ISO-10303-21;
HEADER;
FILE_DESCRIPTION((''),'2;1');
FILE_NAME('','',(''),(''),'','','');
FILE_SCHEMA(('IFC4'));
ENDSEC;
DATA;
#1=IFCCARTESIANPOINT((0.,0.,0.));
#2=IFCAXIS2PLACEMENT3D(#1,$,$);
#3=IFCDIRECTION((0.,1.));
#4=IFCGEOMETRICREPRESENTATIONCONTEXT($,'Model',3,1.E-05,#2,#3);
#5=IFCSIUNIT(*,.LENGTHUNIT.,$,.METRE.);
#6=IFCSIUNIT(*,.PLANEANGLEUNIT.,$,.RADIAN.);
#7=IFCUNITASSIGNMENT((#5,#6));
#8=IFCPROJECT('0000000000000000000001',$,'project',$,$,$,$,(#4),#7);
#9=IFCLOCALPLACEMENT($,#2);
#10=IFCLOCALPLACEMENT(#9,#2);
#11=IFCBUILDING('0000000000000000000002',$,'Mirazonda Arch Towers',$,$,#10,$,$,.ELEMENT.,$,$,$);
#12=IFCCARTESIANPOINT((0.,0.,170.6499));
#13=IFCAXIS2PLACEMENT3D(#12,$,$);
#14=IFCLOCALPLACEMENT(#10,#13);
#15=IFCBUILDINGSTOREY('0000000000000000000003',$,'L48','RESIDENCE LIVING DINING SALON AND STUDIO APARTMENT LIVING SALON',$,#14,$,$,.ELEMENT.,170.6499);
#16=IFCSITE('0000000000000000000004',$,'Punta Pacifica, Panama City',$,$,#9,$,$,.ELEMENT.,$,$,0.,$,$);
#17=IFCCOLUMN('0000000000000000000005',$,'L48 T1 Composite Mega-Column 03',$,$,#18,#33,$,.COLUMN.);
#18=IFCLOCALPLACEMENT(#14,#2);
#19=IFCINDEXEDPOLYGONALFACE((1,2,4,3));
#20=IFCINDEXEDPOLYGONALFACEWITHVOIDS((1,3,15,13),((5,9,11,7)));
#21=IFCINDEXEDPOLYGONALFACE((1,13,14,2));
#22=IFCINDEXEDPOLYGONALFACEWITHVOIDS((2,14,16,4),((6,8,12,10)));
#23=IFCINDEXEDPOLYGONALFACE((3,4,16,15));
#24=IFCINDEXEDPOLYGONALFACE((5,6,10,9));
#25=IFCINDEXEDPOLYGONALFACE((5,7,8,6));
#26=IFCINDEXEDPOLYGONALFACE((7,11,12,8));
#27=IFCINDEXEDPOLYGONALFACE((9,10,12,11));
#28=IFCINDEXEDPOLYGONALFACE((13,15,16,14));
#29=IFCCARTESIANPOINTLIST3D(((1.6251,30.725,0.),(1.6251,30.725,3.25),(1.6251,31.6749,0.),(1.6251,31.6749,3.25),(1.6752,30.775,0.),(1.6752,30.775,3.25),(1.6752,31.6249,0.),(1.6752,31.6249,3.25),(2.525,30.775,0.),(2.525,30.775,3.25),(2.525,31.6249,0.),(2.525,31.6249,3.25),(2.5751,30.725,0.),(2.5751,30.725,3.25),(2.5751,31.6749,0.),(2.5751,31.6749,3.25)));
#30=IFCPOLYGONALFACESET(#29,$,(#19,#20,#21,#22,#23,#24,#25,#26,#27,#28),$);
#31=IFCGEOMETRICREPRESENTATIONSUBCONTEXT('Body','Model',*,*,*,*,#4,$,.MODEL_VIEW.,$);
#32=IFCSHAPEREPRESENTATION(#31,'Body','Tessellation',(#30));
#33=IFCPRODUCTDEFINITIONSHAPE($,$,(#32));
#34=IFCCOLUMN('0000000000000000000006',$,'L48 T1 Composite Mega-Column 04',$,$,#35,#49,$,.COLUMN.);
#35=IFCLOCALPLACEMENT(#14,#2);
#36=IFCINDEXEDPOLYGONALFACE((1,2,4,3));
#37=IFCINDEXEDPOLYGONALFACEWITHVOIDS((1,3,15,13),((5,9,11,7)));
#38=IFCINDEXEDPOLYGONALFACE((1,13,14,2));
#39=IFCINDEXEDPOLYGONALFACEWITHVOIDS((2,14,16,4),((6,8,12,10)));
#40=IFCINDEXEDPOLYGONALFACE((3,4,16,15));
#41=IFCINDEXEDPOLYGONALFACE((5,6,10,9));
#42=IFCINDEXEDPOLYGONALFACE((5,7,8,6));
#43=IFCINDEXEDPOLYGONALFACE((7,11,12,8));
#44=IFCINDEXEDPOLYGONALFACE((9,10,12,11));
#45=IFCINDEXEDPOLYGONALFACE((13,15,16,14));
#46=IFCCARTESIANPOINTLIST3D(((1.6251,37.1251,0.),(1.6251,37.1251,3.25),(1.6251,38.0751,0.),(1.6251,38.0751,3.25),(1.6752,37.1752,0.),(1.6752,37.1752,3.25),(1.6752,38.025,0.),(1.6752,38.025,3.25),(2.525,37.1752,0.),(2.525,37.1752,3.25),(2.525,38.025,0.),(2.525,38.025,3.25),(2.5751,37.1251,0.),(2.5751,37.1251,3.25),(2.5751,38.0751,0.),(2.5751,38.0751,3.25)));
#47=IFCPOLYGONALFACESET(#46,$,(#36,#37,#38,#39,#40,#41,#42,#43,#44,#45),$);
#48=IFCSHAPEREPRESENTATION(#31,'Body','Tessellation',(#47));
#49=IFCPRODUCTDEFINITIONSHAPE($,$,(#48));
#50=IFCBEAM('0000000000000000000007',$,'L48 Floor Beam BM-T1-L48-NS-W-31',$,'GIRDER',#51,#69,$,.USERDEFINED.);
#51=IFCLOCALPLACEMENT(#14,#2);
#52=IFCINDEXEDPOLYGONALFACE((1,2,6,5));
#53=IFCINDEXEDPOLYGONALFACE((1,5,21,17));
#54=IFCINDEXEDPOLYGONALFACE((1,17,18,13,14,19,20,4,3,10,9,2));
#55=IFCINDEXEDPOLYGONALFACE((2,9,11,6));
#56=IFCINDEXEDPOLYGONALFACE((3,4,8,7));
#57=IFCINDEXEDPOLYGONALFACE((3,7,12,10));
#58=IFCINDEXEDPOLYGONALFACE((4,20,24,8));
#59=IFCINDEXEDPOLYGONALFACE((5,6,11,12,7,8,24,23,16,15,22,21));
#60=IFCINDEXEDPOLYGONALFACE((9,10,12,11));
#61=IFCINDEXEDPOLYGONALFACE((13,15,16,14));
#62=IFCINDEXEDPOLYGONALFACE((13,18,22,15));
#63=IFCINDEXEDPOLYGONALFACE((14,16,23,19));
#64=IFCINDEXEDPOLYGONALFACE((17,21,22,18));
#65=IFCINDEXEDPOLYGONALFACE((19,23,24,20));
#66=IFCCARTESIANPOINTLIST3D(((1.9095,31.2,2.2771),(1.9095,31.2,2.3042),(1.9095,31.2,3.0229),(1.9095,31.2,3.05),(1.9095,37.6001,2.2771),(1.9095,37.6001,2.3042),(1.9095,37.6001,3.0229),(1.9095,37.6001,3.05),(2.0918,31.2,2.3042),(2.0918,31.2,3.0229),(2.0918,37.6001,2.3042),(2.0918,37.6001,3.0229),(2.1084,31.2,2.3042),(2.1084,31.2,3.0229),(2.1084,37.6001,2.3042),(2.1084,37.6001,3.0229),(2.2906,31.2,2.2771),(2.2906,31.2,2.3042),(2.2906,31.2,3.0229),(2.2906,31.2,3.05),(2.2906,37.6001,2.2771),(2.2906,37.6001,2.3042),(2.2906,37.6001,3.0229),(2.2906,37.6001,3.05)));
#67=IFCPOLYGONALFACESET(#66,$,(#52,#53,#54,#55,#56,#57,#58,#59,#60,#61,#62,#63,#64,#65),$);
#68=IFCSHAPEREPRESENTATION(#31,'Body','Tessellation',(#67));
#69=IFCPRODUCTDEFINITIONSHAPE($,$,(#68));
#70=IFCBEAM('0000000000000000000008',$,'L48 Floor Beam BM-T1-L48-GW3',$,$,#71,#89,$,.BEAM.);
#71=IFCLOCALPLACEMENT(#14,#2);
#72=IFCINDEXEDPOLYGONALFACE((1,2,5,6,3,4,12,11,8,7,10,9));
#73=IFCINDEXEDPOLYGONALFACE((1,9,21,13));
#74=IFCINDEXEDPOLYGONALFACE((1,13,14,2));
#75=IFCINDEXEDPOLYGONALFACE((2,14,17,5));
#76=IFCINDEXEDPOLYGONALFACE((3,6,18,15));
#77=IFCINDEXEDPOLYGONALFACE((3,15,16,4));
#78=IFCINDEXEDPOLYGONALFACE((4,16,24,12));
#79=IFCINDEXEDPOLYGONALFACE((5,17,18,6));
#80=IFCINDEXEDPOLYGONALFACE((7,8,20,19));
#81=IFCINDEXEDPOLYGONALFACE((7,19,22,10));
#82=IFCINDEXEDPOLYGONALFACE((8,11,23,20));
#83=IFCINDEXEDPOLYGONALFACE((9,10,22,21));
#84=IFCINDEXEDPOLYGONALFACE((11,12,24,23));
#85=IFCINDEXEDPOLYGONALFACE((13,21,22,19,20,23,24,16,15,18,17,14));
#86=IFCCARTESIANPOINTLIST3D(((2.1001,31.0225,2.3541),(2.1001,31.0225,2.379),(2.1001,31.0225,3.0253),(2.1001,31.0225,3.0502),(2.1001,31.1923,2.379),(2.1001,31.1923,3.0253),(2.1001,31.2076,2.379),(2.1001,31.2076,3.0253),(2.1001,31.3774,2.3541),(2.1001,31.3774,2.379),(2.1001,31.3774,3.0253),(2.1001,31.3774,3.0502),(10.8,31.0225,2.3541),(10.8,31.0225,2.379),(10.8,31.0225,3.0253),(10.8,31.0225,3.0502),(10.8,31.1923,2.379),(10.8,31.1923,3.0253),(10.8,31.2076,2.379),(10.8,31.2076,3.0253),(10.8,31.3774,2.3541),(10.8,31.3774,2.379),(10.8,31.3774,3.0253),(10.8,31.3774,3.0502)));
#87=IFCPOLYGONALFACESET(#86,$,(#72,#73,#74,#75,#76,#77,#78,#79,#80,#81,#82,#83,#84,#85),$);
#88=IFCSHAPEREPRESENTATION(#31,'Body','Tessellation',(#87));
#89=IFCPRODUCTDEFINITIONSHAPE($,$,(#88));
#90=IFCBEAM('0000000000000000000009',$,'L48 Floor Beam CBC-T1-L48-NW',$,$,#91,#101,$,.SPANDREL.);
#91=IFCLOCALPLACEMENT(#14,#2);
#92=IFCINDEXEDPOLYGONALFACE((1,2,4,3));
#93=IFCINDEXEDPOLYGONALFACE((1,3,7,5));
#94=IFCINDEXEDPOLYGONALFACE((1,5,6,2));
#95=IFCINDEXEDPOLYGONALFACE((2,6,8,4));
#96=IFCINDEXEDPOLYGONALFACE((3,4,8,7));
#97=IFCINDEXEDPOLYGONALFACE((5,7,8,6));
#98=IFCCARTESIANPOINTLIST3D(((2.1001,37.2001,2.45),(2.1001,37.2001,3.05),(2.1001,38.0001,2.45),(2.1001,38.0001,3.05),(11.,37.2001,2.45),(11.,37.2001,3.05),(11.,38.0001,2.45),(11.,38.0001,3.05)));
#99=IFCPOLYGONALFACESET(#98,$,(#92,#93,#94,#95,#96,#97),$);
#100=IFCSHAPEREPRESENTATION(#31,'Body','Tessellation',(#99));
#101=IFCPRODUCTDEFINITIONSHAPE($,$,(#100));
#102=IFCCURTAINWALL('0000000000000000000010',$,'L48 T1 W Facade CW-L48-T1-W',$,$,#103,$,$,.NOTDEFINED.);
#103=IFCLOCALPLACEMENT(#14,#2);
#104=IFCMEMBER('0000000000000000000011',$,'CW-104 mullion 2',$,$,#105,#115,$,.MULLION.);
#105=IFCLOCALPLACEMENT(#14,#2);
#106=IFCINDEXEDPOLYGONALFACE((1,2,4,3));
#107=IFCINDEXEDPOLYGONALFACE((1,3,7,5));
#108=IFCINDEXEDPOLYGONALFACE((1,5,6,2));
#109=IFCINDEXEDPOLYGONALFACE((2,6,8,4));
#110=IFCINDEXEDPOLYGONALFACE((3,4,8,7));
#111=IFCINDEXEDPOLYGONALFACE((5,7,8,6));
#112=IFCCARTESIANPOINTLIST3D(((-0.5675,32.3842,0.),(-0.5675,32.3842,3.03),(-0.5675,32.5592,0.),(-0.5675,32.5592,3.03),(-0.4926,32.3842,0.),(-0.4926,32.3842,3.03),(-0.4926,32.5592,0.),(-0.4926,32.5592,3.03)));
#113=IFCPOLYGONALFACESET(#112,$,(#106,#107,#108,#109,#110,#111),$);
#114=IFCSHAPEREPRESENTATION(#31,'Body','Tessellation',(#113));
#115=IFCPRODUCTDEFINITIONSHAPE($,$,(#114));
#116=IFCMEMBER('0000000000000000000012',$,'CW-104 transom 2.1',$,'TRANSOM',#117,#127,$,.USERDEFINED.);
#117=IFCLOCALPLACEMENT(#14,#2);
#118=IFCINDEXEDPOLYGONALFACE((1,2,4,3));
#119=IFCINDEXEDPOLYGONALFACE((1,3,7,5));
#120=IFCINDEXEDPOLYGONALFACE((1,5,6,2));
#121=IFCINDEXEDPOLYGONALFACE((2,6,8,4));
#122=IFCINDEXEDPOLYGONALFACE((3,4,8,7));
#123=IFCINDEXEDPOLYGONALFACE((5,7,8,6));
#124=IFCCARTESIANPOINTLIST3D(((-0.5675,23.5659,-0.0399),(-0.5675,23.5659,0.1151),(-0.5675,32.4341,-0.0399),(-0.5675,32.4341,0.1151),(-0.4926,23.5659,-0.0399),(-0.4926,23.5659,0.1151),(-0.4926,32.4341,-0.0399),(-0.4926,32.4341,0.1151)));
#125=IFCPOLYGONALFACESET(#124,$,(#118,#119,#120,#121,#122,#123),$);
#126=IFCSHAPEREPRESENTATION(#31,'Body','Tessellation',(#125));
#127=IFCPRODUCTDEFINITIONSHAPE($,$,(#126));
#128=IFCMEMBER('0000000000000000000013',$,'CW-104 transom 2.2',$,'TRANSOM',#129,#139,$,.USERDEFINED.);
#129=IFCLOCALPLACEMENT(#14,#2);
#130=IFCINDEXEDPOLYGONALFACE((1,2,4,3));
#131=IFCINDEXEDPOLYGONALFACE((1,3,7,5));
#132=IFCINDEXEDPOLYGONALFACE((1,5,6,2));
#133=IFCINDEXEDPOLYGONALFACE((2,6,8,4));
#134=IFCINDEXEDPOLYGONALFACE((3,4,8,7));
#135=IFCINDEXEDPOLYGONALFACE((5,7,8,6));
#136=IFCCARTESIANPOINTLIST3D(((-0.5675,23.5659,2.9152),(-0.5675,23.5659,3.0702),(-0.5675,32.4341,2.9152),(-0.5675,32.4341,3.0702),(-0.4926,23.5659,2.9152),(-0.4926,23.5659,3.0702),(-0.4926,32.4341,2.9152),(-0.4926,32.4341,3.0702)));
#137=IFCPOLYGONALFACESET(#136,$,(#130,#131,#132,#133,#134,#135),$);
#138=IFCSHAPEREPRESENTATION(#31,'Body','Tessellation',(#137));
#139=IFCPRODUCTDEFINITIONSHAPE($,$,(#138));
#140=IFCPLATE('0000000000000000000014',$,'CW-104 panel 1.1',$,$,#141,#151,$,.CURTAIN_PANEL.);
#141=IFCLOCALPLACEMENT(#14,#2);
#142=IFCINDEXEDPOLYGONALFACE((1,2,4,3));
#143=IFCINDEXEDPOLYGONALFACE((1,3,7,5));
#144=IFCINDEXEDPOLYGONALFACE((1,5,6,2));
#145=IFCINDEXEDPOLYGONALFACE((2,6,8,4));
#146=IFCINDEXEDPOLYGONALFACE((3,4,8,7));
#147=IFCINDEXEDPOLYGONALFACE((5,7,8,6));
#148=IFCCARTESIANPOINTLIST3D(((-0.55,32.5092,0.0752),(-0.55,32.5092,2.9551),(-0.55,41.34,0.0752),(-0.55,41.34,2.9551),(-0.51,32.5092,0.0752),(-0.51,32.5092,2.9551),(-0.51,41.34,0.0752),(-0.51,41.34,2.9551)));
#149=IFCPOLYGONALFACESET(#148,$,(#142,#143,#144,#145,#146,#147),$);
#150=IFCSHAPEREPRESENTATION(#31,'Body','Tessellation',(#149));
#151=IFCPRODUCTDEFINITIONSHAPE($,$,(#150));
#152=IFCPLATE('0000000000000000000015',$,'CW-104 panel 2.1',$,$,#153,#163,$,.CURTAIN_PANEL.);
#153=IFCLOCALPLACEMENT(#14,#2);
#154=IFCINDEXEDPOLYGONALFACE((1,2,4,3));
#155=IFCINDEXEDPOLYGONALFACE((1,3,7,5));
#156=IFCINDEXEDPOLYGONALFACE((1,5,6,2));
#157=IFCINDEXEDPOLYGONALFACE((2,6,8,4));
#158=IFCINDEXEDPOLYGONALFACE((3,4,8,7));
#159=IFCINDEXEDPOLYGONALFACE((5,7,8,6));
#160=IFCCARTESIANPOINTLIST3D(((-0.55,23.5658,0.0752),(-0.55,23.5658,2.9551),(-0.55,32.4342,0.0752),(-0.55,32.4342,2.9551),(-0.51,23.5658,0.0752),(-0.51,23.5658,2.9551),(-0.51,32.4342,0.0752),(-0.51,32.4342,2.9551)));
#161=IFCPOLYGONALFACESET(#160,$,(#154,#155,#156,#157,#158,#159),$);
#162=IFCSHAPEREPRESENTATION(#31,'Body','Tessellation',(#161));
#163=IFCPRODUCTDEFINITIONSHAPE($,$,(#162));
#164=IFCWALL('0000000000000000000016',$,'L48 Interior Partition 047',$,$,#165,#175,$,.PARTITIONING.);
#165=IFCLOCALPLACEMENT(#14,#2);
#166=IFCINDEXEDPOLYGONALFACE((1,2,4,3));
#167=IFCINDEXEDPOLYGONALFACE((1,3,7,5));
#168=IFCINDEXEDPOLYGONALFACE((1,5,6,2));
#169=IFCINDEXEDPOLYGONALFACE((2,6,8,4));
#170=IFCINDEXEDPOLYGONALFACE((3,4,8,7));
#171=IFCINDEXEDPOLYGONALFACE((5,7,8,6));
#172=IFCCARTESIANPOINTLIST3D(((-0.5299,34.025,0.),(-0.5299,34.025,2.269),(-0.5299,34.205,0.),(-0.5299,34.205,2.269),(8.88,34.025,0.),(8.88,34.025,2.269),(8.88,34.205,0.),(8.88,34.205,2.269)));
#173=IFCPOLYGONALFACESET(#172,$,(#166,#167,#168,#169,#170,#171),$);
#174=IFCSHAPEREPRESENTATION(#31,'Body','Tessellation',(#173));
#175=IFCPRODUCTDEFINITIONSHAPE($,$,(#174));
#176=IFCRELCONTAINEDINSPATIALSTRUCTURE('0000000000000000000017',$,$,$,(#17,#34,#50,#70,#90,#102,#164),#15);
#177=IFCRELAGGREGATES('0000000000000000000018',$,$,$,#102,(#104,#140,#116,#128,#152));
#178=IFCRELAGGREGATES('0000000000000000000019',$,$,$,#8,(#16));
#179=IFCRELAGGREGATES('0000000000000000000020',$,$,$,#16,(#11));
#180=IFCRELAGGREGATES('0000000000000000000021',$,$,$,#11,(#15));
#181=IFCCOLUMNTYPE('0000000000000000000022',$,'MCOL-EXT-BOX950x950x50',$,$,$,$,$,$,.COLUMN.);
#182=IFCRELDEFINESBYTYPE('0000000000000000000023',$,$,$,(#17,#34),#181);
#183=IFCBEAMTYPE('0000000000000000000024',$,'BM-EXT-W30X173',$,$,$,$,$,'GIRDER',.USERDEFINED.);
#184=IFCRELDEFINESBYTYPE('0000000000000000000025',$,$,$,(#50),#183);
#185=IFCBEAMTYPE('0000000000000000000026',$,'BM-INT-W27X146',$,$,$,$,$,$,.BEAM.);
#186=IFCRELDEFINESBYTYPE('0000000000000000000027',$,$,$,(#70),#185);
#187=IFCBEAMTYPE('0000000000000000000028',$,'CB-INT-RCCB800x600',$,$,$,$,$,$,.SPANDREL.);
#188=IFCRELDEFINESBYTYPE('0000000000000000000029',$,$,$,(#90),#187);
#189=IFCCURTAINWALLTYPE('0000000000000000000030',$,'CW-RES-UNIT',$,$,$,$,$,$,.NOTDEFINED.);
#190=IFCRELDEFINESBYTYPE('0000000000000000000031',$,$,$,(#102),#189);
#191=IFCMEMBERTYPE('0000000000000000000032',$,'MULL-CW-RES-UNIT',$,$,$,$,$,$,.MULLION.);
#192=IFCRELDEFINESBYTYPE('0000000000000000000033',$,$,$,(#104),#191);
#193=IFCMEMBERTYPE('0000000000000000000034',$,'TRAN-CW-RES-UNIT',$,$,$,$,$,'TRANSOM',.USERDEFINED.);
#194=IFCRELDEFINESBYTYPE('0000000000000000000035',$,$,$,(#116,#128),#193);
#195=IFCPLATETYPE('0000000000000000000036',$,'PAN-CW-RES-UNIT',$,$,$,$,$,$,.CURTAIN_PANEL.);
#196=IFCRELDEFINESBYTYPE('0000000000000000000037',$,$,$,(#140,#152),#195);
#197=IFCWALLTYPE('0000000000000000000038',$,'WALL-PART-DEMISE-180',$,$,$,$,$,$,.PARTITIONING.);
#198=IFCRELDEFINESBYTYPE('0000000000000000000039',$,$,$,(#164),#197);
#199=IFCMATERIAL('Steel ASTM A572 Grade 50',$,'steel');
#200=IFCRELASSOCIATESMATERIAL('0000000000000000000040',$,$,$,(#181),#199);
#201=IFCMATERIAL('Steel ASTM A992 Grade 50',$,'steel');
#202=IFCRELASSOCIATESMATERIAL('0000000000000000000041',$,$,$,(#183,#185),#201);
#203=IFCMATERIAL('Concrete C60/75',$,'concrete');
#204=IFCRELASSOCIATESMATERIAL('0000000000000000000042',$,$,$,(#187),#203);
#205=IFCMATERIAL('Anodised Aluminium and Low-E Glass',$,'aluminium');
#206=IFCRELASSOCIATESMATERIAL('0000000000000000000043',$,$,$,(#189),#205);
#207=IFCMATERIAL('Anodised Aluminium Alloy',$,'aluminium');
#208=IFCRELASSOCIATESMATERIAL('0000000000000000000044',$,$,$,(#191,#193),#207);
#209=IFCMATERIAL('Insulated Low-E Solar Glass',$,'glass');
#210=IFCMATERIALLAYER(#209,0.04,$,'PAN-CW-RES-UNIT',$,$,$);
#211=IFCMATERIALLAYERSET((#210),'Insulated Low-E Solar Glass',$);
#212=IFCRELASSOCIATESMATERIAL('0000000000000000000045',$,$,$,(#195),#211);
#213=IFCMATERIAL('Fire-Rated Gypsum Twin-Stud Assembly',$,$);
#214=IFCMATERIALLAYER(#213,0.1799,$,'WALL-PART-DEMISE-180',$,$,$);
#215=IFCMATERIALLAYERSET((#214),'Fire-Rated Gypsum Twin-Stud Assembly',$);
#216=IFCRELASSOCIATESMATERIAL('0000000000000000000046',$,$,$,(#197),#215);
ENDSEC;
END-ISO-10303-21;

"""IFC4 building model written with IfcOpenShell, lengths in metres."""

from ifc_helpers import new_model, si_unit, direction, frame, frame_2d, origin, origin_2d, place, context, subcontext, project, spatial, rectangle, hollow_rectangle, i_section, extrude, material, layer, layer_set, material_profile, profile_set, type_object, element, aggregate, save


model = new_model("IFC4")

# Units and contexts
model_context = context("Model", 3, precision=1e-05, world=origin(), true_north=direction((0.0, 1.0)))
body_context = subcontext(model_context, "Body", "Model", "MODEL_VIEW")
ifc_project = project(units=[si_unit("LENGTHUNIT", "METRE"), si_unit("PLANEANGLEUNIT", "RADIAN")], contexts=[model_context])

# Site, building, storey
site_placement = place(None, origin())
site = spatial("IfcSite", under=ifc_project, at=site_placement, Name="Punta Pacifica, Panama City", CompositionType="ELEMENT", RefElevation=0.0)
building_placement = place(site_placement, origin())
building = spatial("IfcBuilding", under=site, at=building_placement, Name="Mirazonda Arch Towers", CompositionType="ELEMENT")
storey_placement = place(building_placement, frame((0.0, 0.0, 170.6499)))
storey = spatial("IfcBuildingStorey", under=building, at=storey_placement, Name="L48", Description="RESIDENCE LIVING DINING SALON AND STUDIO APARTMENT LIVING SALON", CompositionType="ELEMENT", Elevation=170.6499)

# Columns
ifc_material_1 = material(Name="Steel ASTM A572 Grade 50", Category="steel")
ifc_material_profile_1 = material_profile(ifc_material_1, hollow_rectangle(XDim=0.95, YDim=0.95, WallThickness=0.05, at=origin_2d()), Name="BOX950x950x50")
ifc_profile_set_1 = profile_set([ifc_material_profile_1], Name="Steel ASTM A572 Grade 50")
column_type = type_object("IfcColumnType", Name="MCOL-EXT-BOX950x950x50", PredefinedType="COLUMN", material=ifc_profile_set_1)
for number, where, z_axis, x_axis, name in (
    (1, (2.1001, 31.2, 0.0), (0.0, 0.0, 1.0), (1.0, 0.0, 0.0), "L48 T1 Composite Mega-Column 03"),
    (2, (2.1001, 37.6001, 0.0), (0.0, 0.0, 1.0), (1.0, 0.0, 0.0), "L48 T1 Composite Mega-Column 04"),
):
    element("IfcColumn", number, at=place(storey_placement, frame(where, z_axis=z_axis, x_axis=x_axis)), inside=storey, type_object=column_type, Name=name, PredefinedType="COLUMN", context=body_context, shape_type="SweptSolid", body=[
        extrude(hollow_rectangle(XDim=0.95, YDim=0.95, WallThickness=0.05, at=origin_2d()), origin(), (0.0, 0.0, 1.0), 3.25),
    ])

# Beams
ifc_material_2 = material(Name="Steel ASTM A992 Grade 50", Category="steel")
ifc_material_profile_2 = material_profile(ifc_material_2, i_section(OverallWidth=0.3811, OverallDepth=0.7729, WebThickness=0.0166, FlangeThickness=0.0271, at=origin_2d()), Name="W30X173")
ifc_profile_set_2 = profile_set([ifc_material_profile_2], Name="Steel ASTM A992 Grade 50")
beam_type_1 = type_object("IfcBeamType", Name="BM-EXT-W30X173", ElementType="GIRDER", PredefinedType="USERDEFINED", material=ifc_profile_set_2)
beam_1_placement = place(storey_placement, frame((2.1001, 31.2, 2.6636), z_axis=(0.0, 1.0, 0.0), x_axis=(-1.0, 0.0, 0.0)))
element("IfcBeam", 3, at=beam_1_placement, inside=storey, type_object=beam_type_1, Name="L48 Floor Beam BM-T1-L48-NS-W-31", ObjectType="GIRDER", PredefinedType="USERDEFINED", context=body_context, shape_type="SweptSolid", body=[
    extrude(i_section(OverallWidth=0.3811, OverallDepth=0.7729, WebThickness=0.0166, FlangeThickness=0.0271, at=origin_2d()), origin(), (0.0, 0.0, 1.0), 6.4001),
])
ifc_material_profile_3 = material_profile(ifc_material_2, i_section(OverallWidth=0.355, OverallDepth=0.696, WebThickness=0.0154, FlangeThickness=0.0249, at=origin_2d()), Name="W27X146")
ifc_profile_set_3 = profile_set([ifc_material_profile_3], Name="Steel ASTM A992 Grade 50")
beam_type_2 = type_object("IfcBeamType", Name="BM-INT-W27X146", PredefinedType="BEAM", material=ifc_profile_set_3)
beam_2_placement = place(storey_placement, frame((2.1001, 31.2, 2.7021), z_axis=(1.0, 0.0, 0.0), x_axis=(0.0, 1.0, 0.0)))
element("IfcBeam", 4, at=beam_2_placement, inside=storey, type_object=beam_type_2, Name="L48 Floor Beam BM-T1-L48-GW3", PredefinedType="BEAM", context=body_context, shape_type="SweptSolid", body=[
    extrude(i_section(OverallWidth=0.355, OverallDepth=0.696, WebThickness=0.0154, FlangeThickness=0.0249, at=origin_2d()), origin(), (0.0, 0.0, 1.0), 8.7),
])
ifc_material_3 = material(Name="Concrete C60/75", Category="concrete")
ifc_material_profile_4 = material_profile(ifc_material_3, rectangle(XDim=0.8, YDim=0.6001, at=origin_2d()), Name="RCCB800x600")
ifc_profile_set_4 = profile_set([ifc_material_profile_4], Name="Concrete C60/75")
beam_type_3 = type_object("IfcBeamType", Name="CB-INT-RCCB800x600", PredefinedType="SPANDREL", material=ifc_profile_set_4)
beam_3_placement = place(storey_placement, frame((2.1001, 37.6001, 2.75), z_axis=(1.0, 0.0, 0.0), x_axis=(0.0, 1.0, 0.0)))
element("IfcBeam", 5, at=beam_3_placement, inside=storey, type_object=beam_type_3, Name="L48 Floor Beam CBC-T1-L48-NW", PredefinedType="SPANDREL", context=body_context, shape_type="SweptSolid", body=[
    extrude(rectangle(XDim=0.8, YDim=0.6001, at=origin_2d()), origin(), (0.0, 0.0, 1.0), 8.8999),
])

# Curtain wall, members, plates
ifc_material_4 = material(Name="Anodised Aluminium and Low-E Glass", Category="aluminium")
curtain_wall_type = type_object("IfcCurtainWallType", Name="CW-RES-UNIT", PredefinedType="NOTDEFINED", material=ifc_material_4)
curtain_wall_placement = place(storey_placement, origin())
curtain_wall = element("IfcCurtainWall", 6, at=curtain_wall_placement, inside=storey, type_object=curtain_wall_type, Name="L48 T1 W Facade CW-L48-T1-W", PredefinedType="NOTDEFINED")
ifc_material_5 = material(Name="Anodised Aluminium Alloy", Category="aluminium")
ifc_material_profile_5 = material_profile(ifc_material_5, rectangle(XDim=0.075, YDim=0.175, at=origin_2d()), Name="ALU-MULL-75x175")
ifc_profile_set_5 = profile_set([ifc_material_profile_5], Name="Anodised Aluminium Alloy")
member_type_1 = type_object("IfcMemberType", Name="MULL-CW-RES-UNIT", PredefinedType="MULLION", material=ifc_profile_set_5)
member_1_placement = place(storey_placement, frame((-0.53, 32.4717, 0.0), z_axis=(0.0, 0.0, 1.0), x_axis=(1.0, 0.0, 0.0)))
member_1 = element("IfcMember", 7, at=member_1_placement, type_object=member_type_1, Name="CW-104 mullion 2", PredefinedType="MULLION", context=body_context, shape_type="SweptSolid", body=[
    extrude(rectangle(XDim=0.075, YDim=0.175, at=origin_2d()), origin(), (0.0, 0.0, 1.0), 3.03),
])
ifc_material_profile_6 = material_profile(ifc_material_5, rectangle(XDim=0.075, YDim=0.155, at=origin_2d()), Name="ALU-TRAN-75x155")
ifc_profile_set_6 = profile_set([ifc_material_profile_6], Name="Anodised Aluminium Alloy")
member_type_2 = type_object("IfcMemberType", Name="TRAN-CW-RES-UNIT", ElementType="TRANSOM", PredefinedType="USERDEFINED", material=ifc_profile_set_6)
member_2_placement = place(storey_placement, frame((-0.53, 32.4341, 0.0376), z_axis=(0.0, -1.0, 0.0), x_axis=(1.0, 0.0, 0.0)))
member_2 = element("IfcMember", 8, at=member_2_placement, type_object=member_type_2, Name="CW-104 transom 2.1", ObjectType="TRANSOM", PredefinedType="USERDEFINED", context=body_context, shape_type="SweptSolid", body=[
    extrude(rectangle(XDim=0.075, YDim=0.155, at=origin_2d()), origin(), (0.0, 0.0, 1.0), 8.8682),
])
member_3_placement = place(storey_placement, frame((-0.53, 32.4341, 2.9927), z_axis=(0.0, -1.0, 0.0), x_axis=(1.0, 0.0, 0.0)))
member_3 = element("IfcMember", 9, at=member_3_placement, type_object=member_type_2, Name="CW-104 transom 2.2", ObjectType="TRANSOM", PredefinedType="USERDEFINED", context=body_context, shape_type="SweptSolid", body=[
    extrude(rectangle(XDim=0.075, YDim=0.155, at=origin_2d()), origin(), (0.0, 0.0, 1.0), 8.8682),
])
ifc_material_6 = material(Name="Insulated Low-E Solar Glass", Category="glass")
ifc_layer_1 = layer(ifc_material_6, 0.04, Name="PAN-CW-RES-UNIT")
ifc_layer_set_1 = layer_set([ifc_layer_1], Name="Insulated Low-E Solar Glass")
plate_type = type_object("IfcPlateType", Name="PAN-CW-RES-UNIT", PredefinedType="CURTAIN_PANEL", material=ifc_layer_set_1)
plate_1_placement = place(storey_placement, frame((-0.53, 36.9246, 0.0752), z_axis=(0.0, 0.0, 1.0), x_axis=(0.0, -1.0, 0.0)))
plate_1 = element("IfcPlate", 10, at=plate_1_placement, type_object=plate_type, Name="CW-104 panel 1.1", PredefinedType="CURTAIN_PANEL", context=body_context, shape_type="SweptSolid", body=[
    extrude(rectangle(XDim=8.8308, YDim=0.04, at=origin_2d()), origin(), (0.0, 0.0, 1.0), 2.8799),
])
plate_2_placement = place(storey_placement, frame((-0.53, 28.0, 0.0752), z_axis=(0.0, 0.0, 1.0), x_axis=(0.0, -1.0, 0.0)))
plate_2 = element("IfcPlate", 11, at=plate_2_placement, type_object=plate_type, Name="CW-104 panel 2.1", PredefinedType="CURTAIN_PANEL", context=body_context, shape_type="SweptSolid", body=[
    extrude(rectangle(XDim=8.8684, YDim=0.04, at=origin_2d()), origin(), (0.0, 0.0, 1.0), 2.8799),
])
aggregate(curtain_wall, [member_1, plate_1, member_2, member_3, plate_2])

# Shared definitions
ifc_material_7 = material(Name="Fire-Rated Gypsum Twin-Stud Assembly")
ifc_layer_2 = layer(ifc_material_7, 0.1799, Name="WALL-PART-DEMISE-180")
ifc_layer_set_2 = layer_set([ifc_layer_2], Name="Fire-Rated Gypsum Twin-Stud Assembly")
wall_type_1 = type_object("IfcWallType", Name="WALL-PART-DEMISE-180", PredefinedType="PARTITIONING", material=ifc_layer_set_2)

# Wall
wall_1_placement = place(storey_placement, frame((-0.53, 34.115, 0.0), z_axis=(0.0, 0.0, 1.0), x_axis=(1.0, 0.0, 0.0)))
element("IfcWall", 12, at=wall_1_placement, inside=storey, type_object=wall_type_1, Name="L48 Interior Partition 047", PredefinedType="PARTITIONING", context=body_context, shape_type="SweptSolid", body=[
    extrude(rectangle(XDim=9.4099, YDim=0.1799, at=frame_2d((4.7051, 0.0))), origin(), (0.0, 0.0, 1.0), 2.269),
])

save(model, "model.ifc")
